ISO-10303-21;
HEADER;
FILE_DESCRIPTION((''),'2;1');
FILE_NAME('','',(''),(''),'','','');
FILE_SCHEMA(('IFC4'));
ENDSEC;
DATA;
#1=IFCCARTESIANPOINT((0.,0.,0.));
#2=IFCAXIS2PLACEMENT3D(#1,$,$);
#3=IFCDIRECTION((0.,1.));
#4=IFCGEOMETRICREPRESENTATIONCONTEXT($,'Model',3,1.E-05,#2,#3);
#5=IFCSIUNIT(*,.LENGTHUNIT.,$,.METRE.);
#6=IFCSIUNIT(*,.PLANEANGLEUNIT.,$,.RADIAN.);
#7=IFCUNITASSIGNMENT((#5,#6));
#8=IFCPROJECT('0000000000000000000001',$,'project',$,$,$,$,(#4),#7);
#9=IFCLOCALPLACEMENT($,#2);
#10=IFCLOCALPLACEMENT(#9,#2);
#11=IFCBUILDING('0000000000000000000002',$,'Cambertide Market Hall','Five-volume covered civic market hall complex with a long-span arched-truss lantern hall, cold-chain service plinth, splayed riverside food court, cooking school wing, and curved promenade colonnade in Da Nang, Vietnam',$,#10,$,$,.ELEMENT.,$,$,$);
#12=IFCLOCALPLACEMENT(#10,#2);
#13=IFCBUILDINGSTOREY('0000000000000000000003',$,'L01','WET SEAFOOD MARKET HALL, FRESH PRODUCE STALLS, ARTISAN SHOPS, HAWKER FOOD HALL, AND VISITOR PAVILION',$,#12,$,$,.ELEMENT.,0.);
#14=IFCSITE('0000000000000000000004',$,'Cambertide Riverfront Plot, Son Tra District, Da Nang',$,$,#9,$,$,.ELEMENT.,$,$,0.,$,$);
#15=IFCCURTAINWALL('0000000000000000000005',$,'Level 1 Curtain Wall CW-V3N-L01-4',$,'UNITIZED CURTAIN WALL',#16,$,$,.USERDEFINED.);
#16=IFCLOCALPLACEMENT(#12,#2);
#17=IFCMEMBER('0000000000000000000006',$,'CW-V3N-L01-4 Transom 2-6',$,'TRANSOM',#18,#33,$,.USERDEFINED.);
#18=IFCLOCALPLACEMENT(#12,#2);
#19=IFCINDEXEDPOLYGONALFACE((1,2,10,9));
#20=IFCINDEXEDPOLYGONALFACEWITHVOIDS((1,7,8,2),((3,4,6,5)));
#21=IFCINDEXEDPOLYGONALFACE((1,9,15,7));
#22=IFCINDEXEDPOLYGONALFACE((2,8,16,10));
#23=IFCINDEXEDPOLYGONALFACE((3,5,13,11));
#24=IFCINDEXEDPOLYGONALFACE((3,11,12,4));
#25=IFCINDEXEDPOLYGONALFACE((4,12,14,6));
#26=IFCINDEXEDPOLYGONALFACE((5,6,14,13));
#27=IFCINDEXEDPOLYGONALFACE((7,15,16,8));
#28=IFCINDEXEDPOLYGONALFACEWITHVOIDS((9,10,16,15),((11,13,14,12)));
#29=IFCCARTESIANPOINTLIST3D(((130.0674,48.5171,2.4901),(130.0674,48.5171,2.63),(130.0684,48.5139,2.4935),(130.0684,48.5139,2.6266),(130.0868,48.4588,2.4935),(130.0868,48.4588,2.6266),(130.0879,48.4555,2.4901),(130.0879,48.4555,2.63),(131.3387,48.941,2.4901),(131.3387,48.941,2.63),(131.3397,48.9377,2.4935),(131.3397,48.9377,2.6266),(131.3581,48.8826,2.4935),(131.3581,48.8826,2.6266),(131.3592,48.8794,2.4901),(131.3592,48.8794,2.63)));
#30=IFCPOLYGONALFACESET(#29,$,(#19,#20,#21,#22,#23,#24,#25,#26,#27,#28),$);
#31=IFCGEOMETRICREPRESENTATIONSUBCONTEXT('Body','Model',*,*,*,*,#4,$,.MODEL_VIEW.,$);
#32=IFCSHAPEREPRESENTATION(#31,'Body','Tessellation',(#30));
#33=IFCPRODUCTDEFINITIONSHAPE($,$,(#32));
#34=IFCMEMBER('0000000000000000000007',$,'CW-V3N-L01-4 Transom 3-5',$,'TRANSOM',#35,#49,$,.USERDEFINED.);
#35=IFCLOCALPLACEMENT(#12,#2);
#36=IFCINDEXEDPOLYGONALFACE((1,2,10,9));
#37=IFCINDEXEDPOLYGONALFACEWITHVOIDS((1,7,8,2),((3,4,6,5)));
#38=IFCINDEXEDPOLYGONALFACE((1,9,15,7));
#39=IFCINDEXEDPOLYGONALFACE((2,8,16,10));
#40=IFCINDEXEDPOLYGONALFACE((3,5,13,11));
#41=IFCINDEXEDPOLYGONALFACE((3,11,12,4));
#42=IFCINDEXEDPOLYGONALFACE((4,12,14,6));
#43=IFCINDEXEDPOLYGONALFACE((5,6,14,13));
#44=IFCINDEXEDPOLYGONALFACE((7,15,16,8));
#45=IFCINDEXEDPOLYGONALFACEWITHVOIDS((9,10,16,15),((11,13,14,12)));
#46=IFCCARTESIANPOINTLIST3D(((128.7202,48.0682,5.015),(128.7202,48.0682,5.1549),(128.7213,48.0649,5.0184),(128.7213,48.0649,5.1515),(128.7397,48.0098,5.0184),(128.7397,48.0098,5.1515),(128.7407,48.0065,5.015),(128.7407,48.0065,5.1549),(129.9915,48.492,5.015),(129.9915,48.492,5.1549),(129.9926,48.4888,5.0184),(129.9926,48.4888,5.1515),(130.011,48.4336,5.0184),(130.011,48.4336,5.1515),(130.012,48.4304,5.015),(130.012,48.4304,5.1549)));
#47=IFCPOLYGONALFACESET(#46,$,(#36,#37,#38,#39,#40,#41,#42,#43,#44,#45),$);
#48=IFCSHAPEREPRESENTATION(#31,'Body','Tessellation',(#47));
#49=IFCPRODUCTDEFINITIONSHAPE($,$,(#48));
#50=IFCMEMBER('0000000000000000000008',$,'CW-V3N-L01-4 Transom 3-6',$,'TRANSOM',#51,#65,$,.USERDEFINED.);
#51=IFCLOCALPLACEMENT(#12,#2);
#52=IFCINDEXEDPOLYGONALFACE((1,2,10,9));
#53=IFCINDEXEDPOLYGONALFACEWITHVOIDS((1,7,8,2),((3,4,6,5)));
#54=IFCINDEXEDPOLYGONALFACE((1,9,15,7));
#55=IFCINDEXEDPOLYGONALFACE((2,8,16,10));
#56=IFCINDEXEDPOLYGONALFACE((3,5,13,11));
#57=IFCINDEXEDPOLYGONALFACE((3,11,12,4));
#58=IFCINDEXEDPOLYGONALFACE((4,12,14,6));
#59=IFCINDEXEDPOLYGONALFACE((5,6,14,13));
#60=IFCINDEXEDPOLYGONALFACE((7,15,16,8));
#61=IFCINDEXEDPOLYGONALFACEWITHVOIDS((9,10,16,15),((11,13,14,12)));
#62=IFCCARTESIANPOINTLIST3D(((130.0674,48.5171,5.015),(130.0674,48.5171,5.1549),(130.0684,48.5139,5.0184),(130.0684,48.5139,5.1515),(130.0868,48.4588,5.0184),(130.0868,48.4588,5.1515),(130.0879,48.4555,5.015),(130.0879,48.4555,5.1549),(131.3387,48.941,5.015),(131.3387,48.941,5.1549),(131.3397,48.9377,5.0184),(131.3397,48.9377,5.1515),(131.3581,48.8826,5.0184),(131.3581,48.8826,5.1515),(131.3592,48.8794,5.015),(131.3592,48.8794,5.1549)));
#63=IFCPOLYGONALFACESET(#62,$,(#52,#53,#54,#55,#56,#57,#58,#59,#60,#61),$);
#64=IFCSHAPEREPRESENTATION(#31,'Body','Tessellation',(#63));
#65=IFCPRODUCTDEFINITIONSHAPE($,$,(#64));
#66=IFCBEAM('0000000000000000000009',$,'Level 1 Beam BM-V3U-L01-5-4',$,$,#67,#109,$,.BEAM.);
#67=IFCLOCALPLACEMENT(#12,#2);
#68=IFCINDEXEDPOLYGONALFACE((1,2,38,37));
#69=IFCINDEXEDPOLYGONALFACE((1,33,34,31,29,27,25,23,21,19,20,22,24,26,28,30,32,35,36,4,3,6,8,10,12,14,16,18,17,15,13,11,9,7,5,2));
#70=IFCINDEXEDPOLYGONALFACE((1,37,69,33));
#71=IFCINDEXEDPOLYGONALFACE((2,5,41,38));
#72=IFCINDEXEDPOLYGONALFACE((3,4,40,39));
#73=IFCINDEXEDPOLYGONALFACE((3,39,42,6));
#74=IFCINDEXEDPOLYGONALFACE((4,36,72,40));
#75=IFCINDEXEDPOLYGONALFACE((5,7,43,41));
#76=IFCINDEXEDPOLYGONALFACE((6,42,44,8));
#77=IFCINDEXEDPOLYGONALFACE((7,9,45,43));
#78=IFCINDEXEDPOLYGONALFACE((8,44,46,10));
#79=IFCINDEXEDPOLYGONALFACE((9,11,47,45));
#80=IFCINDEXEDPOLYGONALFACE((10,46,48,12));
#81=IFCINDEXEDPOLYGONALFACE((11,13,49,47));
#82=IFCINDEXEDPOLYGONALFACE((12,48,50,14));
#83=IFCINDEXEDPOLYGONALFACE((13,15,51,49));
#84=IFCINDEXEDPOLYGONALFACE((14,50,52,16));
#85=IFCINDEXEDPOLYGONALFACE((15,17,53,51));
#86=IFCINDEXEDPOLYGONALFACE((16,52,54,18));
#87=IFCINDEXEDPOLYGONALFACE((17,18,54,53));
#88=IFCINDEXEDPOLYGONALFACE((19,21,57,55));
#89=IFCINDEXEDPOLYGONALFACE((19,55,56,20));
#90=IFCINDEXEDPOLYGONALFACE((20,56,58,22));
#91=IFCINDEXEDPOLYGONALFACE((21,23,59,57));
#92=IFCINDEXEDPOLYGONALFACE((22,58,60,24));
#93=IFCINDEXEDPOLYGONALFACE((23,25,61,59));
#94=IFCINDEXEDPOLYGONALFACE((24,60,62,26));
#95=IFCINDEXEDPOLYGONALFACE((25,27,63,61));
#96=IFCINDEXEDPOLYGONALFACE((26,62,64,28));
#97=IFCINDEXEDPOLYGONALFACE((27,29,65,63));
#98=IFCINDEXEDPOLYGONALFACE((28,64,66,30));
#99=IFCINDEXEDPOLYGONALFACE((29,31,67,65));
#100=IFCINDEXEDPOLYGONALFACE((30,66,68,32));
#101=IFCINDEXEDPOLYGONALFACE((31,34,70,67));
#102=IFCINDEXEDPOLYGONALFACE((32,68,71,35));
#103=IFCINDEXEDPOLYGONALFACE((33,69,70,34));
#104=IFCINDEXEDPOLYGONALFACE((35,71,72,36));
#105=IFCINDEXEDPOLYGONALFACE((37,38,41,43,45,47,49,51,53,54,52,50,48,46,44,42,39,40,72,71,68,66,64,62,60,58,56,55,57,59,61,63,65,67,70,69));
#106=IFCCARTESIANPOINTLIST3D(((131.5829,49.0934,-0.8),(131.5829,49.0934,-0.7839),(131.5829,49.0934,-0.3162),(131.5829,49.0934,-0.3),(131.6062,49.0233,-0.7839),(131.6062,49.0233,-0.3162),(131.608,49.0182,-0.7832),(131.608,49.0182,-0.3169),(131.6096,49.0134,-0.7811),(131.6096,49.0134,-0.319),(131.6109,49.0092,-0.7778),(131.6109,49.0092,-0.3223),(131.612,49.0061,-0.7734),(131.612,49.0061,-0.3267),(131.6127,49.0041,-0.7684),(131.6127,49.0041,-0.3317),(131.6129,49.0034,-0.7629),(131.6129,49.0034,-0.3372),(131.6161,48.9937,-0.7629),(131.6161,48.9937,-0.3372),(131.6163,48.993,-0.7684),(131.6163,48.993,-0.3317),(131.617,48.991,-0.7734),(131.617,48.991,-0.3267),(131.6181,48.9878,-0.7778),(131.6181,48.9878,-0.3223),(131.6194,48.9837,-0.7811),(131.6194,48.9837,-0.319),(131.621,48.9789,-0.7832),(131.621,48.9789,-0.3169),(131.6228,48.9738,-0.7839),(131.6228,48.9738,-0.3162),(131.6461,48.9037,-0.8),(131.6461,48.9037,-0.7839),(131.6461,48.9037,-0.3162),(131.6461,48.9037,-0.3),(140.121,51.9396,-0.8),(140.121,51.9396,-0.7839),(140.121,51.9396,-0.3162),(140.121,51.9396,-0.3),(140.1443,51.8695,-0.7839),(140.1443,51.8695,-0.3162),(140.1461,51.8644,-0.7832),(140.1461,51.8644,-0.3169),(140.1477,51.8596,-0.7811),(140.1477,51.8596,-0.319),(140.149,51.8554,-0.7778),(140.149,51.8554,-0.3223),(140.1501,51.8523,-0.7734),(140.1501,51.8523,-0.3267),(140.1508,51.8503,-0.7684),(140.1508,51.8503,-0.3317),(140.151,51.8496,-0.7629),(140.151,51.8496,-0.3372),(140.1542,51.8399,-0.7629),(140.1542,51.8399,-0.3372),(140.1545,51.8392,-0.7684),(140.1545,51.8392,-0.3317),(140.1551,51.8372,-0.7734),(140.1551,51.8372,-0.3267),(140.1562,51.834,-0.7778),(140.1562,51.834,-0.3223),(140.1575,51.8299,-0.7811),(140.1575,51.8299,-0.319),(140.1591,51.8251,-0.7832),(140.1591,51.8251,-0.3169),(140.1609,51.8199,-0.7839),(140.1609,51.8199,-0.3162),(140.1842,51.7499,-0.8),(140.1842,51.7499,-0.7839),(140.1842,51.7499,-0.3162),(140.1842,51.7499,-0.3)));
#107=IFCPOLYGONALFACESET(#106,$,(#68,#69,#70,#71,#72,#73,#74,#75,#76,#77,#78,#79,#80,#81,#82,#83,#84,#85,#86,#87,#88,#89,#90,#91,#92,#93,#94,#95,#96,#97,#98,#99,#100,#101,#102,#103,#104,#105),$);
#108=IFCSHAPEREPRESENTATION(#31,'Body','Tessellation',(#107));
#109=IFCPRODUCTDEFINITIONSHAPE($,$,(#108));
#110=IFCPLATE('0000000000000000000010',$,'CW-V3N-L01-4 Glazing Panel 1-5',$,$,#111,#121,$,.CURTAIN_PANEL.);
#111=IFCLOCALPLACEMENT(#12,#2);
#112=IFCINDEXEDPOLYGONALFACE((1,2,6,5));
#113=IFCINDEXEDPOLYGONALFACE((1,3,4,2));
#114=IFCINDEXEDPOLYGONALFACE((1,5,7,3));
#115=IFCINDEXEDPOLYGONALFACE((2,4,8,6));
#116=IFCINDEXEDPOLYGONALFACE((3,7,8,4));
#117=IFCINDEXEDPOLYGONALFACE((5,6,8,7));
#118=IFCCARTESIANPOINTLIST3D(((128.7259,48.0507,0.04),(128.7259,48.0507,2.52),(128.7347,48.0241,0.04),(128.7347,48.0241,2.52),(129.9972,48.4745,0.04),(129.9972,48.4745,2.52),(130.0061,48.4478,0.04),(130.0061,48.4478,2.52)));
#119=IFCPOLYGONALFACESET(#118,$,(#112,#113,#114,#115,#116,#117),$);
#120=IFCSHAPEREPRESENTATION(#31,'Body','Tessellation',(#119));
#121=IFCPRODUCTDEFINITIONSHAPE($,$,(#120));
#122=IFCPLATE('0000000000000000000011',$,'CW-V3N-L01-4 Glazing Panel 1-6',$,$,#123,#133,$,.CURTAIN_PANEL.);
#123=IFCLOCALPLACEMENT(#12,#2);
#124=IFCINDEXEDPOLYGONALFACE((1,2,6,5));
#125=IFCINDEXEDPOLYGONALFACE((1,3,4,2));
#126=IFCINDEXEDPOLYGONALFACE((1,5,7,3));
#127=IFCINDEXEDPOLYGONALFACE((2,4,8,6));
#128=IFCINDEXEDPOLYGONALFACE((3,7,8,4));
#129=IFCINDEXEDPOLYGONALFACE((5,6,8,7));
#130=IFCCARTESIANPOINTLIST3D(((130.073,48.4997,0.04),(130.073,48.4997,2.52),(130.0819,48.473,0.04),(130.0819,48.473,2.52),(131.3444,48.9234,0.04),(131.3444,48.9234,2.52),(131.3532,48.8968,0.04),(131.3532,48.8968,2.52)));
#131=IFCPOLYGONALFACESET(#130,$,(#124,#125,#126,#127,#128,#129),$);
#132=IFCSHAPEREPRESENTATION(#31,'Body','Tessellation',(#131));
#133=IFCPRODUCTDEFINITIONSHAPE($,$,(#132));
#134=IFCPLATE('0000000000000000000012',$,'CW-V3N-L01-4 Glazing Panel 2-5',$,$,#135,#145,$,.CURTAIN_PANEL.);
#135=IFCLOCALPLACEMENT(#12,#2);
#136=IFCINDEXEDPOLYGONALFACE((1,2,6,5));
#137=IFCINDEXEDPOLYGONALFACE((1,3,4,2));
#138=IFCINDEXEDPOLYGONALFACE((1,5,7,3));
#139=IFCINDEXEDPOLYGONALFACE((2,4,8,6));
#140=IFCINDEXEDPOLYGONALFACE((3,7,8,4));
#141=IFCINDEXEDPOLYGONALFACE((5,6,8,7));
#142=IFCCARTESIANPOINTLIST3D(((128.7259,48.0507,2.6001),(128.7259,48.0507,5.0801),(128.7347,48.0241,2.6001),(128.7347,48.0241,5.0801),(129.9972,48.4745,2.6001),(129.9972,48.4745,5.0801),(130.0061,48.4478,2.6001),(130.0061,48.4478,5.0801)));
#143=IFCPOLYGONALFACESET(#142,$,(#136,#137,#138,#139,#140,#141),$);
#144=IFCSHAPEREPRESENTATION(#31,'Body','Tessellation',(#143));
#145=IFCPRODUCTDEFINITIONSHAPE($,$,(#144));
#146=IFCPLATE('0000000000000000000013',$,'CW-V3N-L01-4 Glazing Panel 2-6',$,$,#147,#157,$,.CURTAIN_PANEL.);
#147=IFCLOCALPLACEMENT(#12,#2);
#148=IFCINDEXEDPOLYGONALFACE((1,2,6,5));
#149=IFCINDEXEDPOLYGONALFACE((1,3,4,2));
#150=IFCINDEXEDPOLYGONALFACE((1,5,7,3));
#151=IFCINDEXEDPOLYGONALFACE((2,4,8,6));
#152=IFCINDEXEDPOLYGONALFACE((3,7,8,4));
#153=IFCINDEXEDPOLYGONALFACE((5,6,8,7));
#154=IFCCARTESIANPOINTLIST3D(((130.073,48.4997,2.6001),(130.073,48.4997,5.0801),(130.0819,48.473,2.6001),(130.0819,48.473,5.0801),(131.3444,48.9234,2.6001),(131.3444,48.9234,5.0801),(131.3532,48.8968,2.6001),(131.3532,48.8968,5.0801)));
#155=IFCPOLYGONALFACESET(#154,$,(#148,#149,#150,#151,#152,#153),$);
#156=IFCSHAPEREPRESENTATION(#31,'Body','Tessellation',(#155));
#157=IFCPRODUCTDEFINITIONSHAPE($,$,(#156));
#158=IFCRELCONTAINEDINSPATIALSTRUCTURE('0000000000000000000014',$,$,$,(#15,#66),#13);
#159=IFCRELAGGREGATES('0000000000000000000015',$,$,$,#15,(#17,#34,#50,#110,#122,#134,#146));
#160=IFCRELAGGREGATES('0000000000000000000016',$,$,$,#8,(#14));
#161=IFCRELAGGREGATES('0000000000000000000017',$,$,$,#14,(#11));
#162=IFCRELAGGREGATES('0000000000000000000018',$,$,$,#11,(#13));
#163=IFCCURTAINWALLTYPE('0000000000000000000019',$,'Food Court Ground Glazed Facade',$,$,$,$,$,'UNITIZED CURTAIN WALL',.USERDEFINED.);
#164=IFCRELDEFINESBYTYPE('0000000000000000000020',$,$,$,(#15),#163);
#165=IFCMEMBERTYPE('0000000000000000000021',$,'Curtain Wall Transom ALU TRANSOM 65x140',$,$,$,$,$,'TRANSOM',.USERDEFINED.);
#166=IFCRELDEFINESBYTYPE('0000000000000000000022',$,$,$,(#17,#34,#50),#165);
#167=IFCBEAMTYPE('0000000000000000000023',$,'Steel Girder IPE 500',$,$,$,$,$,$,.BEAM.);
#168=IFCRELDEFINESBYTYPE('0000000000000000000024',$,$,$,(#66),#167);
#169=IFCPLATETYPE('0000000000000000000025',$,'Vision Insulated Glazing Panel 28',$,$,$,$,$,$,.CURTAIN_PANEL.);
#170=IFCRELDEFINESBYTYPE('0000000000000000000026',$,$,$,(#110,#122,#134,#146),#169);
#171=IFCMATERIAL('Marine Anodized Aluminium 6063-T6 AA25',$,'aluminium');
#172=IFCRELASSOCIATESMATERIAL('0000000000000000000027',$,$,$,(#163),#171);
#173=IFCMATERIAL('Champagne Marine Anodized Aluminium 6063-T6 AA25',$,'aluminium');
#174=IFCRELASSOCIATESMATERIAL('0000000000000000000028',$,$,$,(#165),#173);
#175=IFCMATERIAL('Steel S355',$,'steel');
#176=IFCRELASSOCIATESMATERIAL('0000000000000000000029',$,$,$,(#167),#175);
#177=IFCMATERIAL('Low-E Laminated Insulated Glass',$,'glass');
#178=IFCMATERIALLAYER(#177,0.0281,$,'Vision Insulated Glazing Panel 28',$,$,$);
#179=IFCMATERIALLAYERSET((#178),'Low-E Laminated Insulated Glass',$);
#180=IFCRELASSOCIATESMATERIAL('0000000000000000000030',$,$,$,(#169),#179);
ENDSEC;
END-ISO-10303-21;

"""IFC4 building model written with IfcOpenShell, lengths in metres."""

from ifc_helpers import new_model, si_unit, direction, frame, origin, origin_2d, place, context, subcontext, project, spatial, rectangle, hollow_rectangle, i_section, extrude, material, layer, layer_set, material_profile, profile_set, type_object, element, aggregate, save


model = new_model("IFC4")

# Units and contexts
model_context = context("Model", 3, precision=1e-05, world=origin(), true_north=direction((0.0, 1.0)))
body_context = subcontext(model_context, "Body", "Model", "MODEL_VIEW")
ifc_project = project(units=[si_unit("LENGTHUNIT", "METRE"), si_unit("PLANEANGLEUNIT", "RADIAN")], contexts=[model_context])

# Site, building, storey
site_placement = place(None, origin())
site = spatial("IfcSite", under=ifc_project, at=site_placement, Name="Cambertide Riverfront Plot, Son Tra District, Da Nang", CompositionType="ELEMENT", RefElevation=0.0)
building_placement = place(site_placement, origin())
building = spatial("IfcBuilding", under=site, at=building_placement, Name="Cambertide Market Hall", Description="Five-volume covered civic market hall complex with a long-span arched-truss lantern hall, cold-chain service plinth, splayed riverside food court, cooking school wing, and curved promenade colonnade in Da Nang, Vietnam", CompositionType="ELEMENT")
storey_placement = place(building_placement, origin())
storey = spatial("IfcBuildingStorey", under=building, at=storey_placement, Name="L01", Description="WET SEAFOOD MARKET HALL, FRESH PRODUCE STALLS, ARTISAN SHOPS, HAWKER FOOD HALL, AND VISITOR PAVILION", CompositionType="ELEMENT", Elevation=0.0)

# Curtain wall, members
ifc_material_1 = material(Name="Marine Anodized Aluminium 6063-T6 AA25", Category="aluminium")
curtain_wall_type = type_object("IfcCurtainWallType", Name="Food Court Ground Glazed Facade", ElementType="UNITIZED CURTAIN WALL", PredefinedType="USERDEFINED", material=ifc_material_1)
curtain_wall_placement = place(storey_placement, origin())
curtain_wall = element("IfcCurtainWall", 1, at=curtain_wall_placement, inside=storey, type_object=curtain_wall_type, Name="Level 1 Curtain Wall CW-V3N-L01-4", ObjectType="UNITIZED CURTAIN WALL", PredefinedType="USERDEFINED")
ifc_material_2 = material(Name="Champagne Marine Anodized Aluminium 6063-T6 AA25", Category="aluminium")
ifc_material_profile_1 = material_profile(ifc_material_2, hollow_rectangle(XDim=0.0649, YDim=0.1399, WallThickness=0.0034, at=origin_2d()), Name="ALU TRANSOM 65x140")
ifc_profile_set_1 = profile_set([ifc_material_profile_1], Name="Champagne Marine Anodized Aluminium 6063-T6 AA25")
member_type_1 = type_object("IfcMemberType", Name="Curtain Wall Transom ALU TRANSOM 65x140", ElementType="TRANSOM", PredefinedType="USERDEFINED", material=ifc_profile_set_1)
member_1_placement = place(storey_placement, frame((130.0776, 48.4863, 2.5601), z_axis=(0.948665, 0.316282, 0.0), x_axis=(-0.316282, 0.948665, 0.0)))
member_1 = element("IfcMember", 2, at=member_1_placement, type_object=member_type_1, Name="CW-V3N-L01-4 Transom 2-6", ObjectType="TRANSOM", PredefinedType="USERDEFINED", context=body_context, shape_type="SweptSolid", body=[
    extrude(hollow_rectangle(XDim=0.0649, YDim=0.1399, WallThickness=0.0034, at=origin_2d()), origin(), (0.0, 0.0, 1.0), 1.3401),
])
member_2_placement = place(storey_placement, frame((128.7305, 48.0374, 5.085), z_axis=(0.948665, 0.316282, 0.0), x_axis=(-0.316282, 0.948665, 0.0)))
member_2 = element("IfcMember", 3, at=member_2_placement, type_object=member_type_1, Name="CW-V3N-L01-4 Transom 3-5", ObjectType="TRANSOM", PredefinedType="USERDEFINED", context=body_context, shape_type="SweptSolid", body=[
    extrude(hollow_rectangle(XDim=0.0649, YDim=0.1399, WallThickness=0.0034, at=origin_2d()), origin(), (0.0, 0.0, 1.0), 1.3401),
])
member_3_placement = place(storey_placement, frame((130.0776, 48.4863, 5.085), z_axis=(0.948665, 0.316282, 0.0), x_axis=(-0.316282, 0.948665, 0.0)))
member_3 = element("IfcMember", 4, at=member_3_placement, type_object=member_type_1, Name="CW-V3N-L01-4 Transom 3-6", ObjectType="TRANSOM", PredefinedType="USERDEFINED", context=body_context, shape_type="SweptSolid", body=[
    extrude(hollow_rectangle(XDim=0.0649, YDim=0.1399, WallThickness=0.0034, at=origin_2d()), origin(), (0.0, 0.0, 1.0), 1.3401),
])

# Beam
ifc_material_3 = material(Name="Steel S355", Category="steel")
ifc_material_profile_2 = material_profile(ifc_material_3, i_section(OverallWidth=0.2, OverallDepth=0.5, WebThickness=0.0103, FlangeThickness=0.0161, FilletRadius=0.021, at=origin_2d()), Name="IPE 500")
ifc_profile_set_2 = profile_set([ifc_material_profile_2], Name="Steel S355")
beam_type = type_object("IfcBeamType", Name="Steel Girder IPE 500", PredefinedType="BEAM", material=ifc_profile_set_2)
beam_placement = place(storey_placement, frame((131.6145, 48.9985, -0.55), z_axis=(0.948678, 0.316244, 0.0), x_axis=(-0.316244, 0.948678, 0.0)))
element("IfcBeam", 5, at=beam_placement, inside=storey, type_object=beam_type, Name="Level 1 Beam BM-V3U-L01-5-4", PredefinedType="BEAM", context=body_context, shape_type="SweptSolid", body=[
    extrude(i_section(OverallWidth=0.2, OverallDepth=0.5, WebThickness=0.0103, FlangeThickness=0.0161, FilletRadius=0.021, at=origin_2d()), origin(), (0.0, 0.0, 1.0), 9.0),
])

# Plates
ifc_material_4 = material(Name="Low-E Laminated Insulated Glass", Category="glass")
ifc_layer_1 = layer(ifc_material_4, 0.0281, Name="Vision Insulated Glazing Panel 28")
ifc_layer_set_1 = layer_set([ifc_layer_1], Name="Low-E Laminated Insulated Glass")
plate_type = type_object("IfcPlateType", Name="Vision Insulated Glazing Panel 28", PredefinedType="CURTAIN_PANEL", material=ifc_layer_set_1)
plate_1_placement = place(storey_placement, frame((129.366, 48.2493, 0.04), z_axis=(0.0, 0.0, 1.0), x_axis=(0.948683, 0.316228, 0.0)))
plate_1 = element("IfcPlate", 6, at=plate_1_placement, type_object=plate_type, Name="CW-V3N-L01-4 Glazing Panel 1-5", PredefinedType="CURTAIN_PANEL", context=body_context, shape_type="SweptSolid", body=[
    extrude(rectangle(XDim=1.3401, YDim=0.0281, at=origin_2d()), origin(), (0.0, 0.0, 1.0), 2.48),
])
plate_2_placement = place(storey_placement, frame((130.7131, 48.6982, 0.04), z_axis=(0.0, 0.0, 1.0), x_axis=(0.948683, 0.316228, 0.0)))
plate_2 = element("IfcPlate", 7, at=plate_2_placement, type_object=plate_type, Name="CW-V3N-L01-4 Glazing Panel 1-6", PredefinedType="CURTAIN_PANEL", context=body_context, shape_type="SweptSolid", body=[
    extrude(rectangle(XDim=1.3401, YDim=0.0281, at=origin_2d()), origin(), (0.0, 0.0, 1.0), 2.48),
])
plate_3_placement = place(storey_placement, frame((129.366, 48.2493, 2.6001), z_axis=(0.0, 0.0, 1.0), x_axis=(0.948683, 0.316228, 0.0)))
plate_3 = element("IfcPlate", 8, at=plate_3_placement, type_object=plate_type, Name="CW-V3N-L01-4 Glazing Panel 2-5", PredefinedType="CURTAIN_PANEL", context=body_context, shape_type="SweptSolid", body=[
    extrude(rectangle(XDim=1.3401, YDim=0.0281, at=origin_2d()), origin(), (0.0, 0.0, 1.0), 2.48),
])
plate_4_placement = place(storey_placement, frame((130.7131, 48.6982, 2.6001), z_axis=(0.0, 0.0, 1.0), x_axis=(0.948683, 0.316228, 0.0)))
plate_4 = element("IfcPlate", 9, at=plate_4_placement, type_object=plate_type, Name="CW-V3N-L01-4 Glazing Panel 2-6", PredefinedType="CURTAIN_PANEL", context=body_context, shape_type="SweptSolid", body=[
    extrude(rectangle(XDim=1.3401, YDim=0.0281, at=origin_2d()), origin(), (0.0, 0.0, 1.0), 2.48),
])
aggregate(curtain_wall, [member_1, member_2, member_3, plate_1, plate_2, plate_3, plate_4])

save(model, "model.ifc")
